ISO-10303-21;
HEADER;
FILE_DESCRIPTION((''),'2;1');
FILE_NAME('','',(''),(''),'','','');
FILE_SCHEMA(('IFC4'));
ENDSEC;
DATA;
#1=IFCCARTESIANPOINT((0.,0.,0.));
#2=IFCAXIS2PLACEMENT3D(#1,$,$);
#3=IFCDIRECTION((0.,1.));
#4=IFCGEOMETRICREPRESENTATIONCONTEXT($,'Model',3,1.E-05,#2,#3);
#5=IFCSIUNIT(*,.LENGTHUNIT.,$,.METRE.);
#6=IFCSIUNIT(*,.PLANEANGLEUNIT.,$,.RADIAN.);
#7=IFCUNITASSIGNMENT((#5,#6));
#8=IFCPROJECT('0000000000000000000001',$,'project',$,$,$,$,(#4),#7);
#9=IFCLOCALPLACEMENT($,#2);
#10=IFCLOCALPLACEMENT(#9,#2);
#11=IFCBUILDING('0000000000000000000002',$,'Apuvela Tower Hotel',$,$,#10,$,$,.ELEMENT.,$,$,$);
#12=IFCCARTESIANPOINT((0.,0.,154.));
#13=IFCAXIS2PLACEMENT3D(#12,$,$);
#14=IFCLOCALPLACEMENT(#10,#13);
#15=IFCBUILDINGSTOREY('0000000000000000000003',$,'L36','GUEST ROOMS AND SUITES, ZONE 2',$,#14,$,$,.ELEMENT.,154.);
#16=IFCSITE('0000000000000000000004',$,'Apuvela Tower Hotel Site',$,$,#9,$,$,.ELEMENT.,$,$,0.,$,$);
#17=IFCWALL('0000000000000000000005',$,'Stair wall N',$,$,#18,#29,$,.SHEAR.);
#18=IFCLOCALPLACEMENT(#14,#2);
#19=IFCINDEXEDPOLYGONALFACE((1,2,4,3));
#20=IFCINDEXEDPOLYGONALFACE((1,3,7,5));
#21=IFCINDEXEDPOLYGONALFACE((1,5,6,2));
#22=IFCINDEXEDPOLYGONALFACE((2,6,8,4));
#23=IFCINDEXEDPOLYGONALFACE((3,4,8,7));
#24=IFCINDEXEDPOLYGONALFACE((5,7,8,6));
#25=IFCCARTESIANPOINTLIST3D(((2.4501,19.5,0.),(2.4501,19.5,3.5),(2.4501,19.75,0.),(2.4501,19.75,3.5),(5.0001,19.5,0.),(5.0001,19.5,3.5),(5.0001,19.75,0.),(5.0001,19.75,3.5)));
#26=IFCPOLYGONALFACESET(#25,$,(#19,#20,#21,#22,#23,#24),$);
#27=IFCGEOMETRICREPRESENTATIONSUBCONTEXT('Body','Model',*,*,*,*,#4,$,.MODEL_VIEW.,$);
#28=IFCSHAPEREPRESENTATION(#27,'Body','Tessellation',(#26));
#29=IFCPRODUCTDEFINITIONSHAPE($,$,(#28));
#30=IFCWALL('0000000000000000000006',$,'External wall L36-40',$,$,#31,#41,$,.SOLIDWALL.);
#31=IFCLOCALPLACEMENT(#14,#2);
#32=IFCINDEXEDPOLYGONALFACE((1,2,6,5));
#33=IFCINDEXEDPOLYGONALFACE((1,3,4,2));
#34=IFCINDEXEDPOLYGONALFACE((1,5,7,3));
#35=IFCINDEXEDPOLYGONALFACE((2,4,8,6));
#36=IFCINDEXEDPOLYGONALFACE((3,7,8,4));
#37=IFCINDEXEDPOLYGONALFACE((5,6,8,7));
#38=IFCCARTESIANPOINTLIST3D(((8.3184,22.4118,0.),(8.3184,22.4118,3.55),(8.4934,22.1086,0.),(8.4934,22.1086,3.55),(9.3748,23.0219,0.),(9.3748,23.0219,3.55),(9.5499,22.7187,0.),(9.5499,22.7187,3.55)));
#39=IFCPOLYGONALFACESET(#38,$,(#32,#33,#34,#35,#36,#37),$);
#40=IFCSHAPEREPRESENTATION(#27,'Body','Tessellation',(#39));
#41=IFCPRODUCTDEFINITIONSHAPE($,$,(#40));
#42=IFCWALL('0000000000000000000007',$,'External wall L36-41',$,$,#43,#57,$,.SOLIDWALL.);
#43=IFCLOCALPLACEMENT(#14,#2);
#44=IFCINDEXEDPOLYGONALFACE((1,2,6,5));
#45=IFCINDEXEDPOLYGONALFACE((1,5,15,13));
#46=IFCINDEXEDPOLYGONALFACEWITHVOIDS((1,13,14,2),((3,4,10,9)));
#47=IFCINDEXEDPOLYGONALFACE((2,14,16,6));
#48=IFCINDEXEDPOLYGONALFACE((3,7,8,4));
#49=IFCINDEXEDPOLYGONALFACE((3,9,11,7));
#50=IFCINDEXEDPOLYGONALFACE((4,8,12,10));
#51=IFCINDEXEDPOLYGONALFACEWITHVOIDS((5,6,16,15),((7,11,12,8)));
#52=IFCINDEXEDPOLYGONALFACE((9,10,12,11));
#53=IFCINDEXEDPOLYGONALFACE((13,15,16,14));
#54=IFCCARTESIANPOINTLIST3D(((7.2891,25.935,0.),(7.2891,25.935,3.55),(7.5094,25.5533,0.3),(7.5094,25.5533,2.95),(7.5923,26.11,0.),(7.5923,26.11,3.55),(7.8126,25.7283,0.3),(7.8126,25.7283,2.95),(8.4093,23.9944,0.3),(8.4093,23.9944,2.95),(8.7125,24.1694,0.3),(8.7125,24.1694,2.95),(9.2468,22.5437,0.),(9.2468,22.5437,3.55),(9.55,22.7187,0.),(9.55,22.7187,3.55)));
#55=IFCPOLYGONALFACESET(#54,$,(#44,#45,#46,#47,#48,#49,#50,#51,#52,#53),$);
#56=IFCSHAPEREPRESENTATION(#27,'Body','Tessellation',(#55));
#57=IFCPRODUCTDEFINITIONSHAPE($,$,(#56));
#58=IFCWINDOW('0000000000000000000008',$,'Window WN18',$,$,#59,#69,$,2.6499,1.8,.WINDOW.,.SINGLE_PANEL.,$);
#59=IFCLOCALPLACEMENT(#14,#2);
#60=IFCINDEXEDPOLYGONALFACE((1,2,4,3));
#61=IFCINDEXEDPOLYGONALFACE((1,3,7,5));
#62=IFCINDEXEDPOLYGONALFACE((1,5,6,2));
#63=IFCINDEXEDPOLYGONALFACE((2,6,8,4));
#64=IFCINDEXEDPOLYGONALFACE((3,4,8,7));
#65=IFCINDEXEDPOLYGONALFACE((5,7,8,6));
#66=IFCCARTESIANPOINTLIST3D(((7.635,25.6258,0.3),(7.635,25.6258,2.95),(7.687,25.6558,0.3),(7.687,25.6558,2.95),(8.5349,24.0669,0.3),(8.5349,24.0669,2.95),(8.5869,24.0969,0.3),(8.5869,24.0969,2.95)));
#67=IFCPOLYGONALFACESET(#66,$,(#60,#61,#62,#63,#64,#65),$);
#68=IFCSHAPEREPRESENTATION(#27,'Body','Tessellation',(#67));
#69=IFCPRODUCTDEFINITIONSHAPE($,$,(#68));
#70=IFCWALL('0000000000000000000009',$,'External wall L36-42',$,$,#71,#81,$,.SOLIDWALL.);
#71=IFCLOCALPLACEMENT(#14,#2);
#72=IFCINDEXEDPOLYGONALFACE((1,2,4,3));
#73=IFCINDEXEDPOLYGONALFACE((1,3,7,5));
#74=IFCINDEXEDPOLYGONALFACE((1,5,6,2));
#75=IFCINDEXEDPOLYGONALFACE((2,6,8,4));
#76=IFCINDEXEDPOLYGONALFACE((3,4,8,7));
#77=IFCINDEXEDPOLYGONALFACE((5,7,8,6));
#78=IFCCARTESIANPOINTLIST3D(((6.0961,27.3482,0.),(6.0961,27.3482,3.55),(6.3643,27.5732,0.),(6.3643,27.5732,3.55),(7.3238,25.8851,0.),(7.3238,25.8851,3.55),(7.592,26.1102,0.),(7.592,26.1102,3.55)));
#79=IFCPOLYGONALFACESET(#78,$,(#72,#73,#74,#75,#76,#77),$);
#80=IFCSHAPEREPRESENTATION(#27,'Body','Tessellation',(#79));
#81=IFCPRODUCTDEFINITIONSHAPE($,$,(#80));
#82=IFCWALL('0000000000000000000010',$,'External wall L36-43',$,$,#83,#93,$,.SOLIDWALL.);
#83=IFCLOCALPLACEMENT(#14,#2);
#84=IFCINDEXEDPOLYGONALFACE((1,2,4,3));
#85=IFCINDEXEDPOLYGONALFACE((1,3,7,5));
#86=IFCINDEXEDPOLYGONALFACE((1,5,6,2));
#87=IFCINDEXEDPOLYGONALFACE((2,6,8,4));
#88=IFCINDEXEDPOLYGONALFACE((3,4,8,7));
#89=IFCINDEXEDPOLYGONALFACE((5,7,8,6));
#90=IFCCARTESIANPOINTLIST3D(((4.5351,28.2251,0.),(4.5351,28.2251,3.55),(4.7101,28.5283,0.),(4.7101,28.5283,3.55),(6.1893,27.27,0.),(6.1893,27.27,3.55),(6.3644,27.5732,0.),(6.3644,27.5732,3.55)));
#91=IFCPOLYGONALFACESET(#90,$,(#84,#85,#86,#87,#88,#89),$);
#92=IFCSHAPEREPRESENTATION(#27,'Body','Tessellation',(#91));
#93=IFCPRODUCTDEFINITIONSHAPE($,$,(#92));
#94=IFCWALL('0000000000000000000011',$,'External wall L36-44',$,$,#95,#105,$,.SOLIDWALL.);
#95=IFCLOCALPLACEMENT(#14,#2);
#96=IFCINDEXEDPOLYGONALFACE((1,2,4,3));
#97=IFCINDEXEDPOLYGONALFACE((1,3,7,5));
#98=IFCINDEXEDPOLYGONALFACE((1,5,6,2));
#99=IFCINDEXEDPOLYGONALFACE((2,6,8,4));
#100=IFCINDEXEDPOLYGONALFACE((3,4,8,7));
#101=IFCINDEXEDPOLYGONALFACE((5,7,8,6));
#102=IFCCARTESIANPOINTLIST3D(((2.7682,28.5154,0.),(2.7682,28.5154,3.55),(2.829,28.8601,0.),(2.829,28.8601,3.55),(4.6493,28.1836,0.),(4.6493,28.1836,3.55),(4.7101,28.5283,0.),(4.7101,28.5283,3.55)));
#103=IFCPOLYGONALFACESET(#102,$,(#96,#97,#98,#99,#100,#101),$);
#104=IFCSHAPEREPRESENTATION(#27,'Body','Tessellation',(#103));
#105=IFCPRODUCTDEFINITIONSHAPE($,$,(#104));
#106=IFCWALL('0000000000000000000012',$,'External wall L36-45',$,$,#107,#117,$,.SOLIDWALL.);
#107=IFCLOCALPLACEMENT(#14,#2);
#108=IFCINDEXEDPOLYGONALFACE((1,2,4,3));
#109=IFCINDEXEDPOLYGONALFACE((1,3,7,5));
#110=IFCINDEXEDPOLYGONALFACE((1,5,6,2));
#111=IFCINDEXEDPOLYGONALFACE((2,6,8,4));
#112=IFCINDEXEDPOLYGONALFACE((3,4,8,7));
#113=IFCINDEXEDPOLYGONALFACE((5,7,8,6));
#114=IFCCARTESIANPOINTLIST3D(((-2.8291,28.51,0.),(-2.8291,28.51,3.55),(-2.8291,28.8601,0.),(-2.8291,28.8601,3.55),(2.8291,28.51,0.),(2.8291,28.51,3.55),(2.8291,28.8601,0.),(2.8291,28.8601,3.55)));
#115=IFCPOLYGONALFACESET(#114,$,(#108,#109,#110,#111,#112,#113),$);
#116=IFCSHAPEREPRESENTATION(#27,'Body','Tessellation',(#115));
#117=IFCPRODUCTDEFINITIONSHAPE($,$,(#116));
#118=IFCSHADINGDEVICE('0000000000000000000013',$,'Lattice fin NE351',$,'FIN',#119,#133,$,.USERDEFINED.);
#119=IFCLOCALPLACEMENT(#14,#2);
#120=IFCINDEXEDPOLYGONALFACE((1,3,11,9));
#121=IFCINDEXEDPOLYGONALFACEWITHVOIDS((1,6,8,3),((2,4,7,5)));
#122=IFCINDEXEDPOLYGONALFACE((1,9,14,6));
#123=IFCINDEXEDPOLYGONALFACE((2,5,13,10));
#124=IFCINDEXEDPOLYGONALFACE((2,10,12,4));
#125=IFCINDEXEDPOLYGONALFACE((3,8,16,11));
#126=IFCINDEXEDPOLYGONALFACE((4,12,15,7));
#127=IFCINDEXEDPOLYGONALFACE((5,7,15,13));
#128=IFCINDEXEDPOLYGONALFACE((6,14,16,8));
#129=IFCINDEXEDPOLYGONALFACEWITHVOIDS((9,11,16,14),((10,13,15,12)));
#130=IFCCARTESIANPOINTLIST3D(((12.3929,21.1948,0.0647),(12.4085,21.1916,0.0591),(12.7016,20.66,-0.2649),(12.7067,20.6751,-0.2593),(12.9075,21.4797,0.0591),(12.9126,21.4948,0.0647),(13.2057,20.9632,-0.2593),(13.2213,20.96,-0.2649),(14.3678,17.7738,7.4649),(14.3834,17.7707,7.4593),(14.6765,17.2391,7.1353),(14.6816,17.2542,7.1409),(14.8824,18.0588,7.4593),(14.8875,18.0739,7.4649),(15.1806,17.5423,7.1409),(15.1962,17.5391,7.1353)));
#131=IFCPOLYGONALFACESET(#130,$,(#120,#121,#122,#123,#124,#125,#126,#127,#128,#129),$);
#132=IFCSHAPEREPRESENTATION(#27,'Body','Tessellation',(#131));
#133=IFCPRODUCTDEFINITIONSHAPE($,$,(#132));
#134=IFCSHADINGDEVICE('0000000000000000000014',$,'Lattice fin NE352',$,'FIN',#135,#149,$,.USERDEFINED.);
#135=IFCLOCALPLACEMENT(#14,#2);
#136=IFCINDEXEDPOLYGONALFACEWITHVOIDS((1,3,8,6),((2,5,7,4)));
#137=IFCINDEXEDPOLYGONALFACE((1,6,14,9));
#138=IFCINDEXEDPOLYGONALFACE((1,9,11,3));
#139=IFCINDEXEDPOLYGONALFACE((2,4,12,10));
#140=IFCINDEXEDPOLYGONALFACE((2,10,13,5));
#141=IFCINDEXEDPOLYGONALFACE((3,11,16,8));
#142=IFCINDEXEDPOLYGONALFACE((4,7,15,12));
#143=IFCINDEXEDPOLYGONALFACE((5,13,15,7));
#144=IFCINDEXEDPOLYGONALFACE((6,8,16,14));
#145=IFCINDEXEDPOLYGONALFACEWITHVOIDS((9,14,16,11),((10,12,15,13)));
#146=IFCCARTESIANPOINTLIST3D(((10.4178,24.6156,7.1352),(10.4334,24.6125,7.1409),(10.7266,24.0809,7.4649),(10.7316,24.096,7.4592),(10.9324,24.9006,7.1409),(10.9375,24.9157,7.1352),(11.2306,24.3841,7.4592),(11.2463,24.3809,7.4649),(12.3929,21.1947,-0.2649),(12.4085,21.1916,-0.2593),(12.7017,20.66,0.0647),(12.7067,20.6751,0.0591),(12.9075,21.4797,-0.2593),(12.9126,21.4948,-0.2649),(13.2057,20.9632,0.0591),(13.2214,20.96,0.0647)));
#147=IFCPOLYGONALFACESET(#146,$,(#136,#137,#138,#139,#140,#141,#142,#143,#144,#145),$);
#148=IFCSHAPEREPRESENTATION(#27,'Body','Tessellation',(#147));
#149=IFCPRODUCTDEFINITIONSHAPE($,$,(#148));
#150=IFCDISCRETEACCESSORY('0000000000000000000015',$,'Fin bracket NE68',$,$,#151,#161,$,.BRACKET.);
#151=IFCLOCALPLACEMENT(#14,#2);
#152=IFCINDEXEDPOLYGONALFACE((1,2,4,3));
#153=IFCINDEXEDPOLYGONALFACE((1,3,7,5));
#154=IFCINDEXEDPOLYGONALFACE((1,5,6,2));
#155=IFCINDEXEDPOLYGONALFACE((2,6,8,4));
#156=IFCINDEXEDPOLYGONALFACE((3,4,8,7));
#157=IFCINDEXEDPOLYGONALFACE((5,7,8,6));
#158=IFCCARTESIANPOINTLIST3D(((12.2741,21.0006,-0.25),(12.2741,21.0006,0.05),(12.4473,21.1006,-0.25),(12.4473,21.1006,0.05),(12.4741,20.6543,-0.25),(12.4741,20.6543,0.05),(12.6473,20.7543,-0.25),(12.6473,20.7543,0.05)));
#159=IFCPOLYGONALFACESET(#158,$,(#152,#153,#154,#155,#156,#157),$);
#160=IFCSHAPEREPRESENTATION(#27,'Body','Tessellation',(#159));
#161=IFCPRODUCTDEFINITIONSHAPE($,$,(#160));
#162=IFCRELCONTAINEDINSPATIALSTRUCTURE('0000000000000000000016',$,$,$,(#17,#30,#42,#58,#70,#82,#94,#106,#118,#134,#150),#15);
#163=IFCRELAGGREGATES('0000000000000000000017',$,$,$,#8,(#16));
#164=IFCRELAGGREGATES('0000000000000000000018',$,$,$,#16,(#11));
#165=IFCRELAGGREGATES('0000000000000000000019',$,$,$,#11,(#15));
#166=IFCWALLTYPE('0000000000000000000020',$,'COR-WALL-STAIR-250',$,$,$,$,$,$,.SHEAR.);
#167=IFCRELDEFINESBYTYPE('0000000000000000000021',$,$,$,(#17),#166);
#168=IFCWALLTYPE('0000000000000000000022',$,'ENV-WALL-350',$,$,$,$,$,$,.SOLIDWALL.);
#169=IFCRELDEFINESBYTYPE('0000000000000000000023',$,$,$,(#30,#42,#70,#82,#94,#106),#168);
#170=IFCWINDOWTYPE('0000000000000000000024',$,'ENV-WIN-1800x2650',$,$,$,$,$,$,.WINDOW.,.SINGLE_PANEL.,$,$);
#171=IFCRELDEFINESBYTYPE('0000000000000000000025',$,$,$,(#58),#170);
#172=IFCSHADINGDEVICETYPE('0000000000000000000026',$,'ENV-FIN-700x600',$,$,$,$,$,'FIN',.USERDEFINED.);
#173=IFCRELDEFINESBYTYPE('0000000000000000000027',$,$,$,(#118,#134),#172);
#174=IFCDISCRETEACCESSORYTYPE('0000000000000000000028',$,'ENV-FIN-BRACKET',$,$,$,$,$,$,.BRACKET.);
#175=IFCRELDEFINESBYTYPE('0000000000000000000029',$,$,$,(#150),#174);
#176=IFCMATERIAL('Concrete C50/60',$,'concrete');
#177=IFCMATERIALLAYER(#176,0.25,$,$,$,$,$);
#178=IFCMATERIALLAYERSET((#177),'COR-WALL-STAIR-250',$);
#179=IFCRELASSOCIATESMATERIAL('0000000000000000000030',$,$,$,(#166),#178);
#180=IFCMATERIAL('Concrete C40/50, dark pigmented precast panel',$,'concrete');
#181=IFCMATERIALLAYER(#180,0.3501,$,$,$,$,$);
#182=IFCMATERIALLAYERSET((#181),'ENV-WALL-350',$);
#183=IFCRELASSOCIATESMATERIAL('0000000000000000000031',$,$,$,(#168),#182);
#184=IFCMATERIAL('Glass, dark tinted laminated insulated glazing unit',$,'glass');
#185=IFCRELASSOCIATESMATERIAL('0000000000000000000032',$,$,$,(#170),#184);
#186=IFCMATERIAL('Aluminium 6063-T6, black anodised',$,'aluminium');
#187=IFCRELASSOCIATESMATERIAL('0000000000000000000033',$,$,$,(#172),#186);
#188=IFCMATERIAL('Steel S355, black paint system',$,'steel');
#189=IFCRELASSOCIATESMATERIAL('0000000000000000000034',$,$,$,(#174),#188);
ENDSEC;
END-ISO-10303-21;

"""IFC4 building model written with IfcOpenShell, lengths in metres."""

from ifc_helpers import new_model, si_unit, direction, frame, frame_2d, origin, origin_2d, place, context, subcontext, project, spatial, rectangle, hollow_rectangle, extrude, material, layer, layer_set, material_profile, profile_set, type_object, element, fill, save


model = new_model("IFC4")

# Units and contexts
model_context = context("Model", 3, precision=1e-05, world=origin(), true_north=direction((0.0, 1.0)))
body_context = subcontext(model_context, "Body", "Model", "MODEL_VIEW")
ifc_project = project(units=[si_unit("LENGTHUNIT", "METRE"), si_unit("PLANEANGLEUNIT", "RADIAN")], contexts=[model_context])

# Site, building, storey
site_placement = place(None, origin())
site = spatial("IfcSite", under=ifc_project, at=site_placement, Name="Apuvela Tower Hotel Site", CompositionType="ELEMENT", RefElevation=0.0)
building_placement = place(site_placement, origin())
building = spatial("IfcBuilding", under=site, at=building_placement, Name="Apuvela Tower Hotel", CompositionType="ELEMENT")
storey_placement = place(building_placement, frame((0.0, 0.0, 154.0)))
storey = spatial("IfcBuildingStorey", under=building, at=storey_placement, Name="L36", Description="GUEST ROOMS AND SUITES, ZONE 2", CompositionType="ELEMENT", Elevation=154.0)

# Walls
ifc_material_1 = material(Name="Concrete C50/60", Category="concrete")
ifc_layer_1 = layer(ifc_material_1, 0.25)
ifc_layer_set_1 = layer_set([ifc_layer_1], Name="COR-WALL-STAIR-250")
wall_type_1 = type_object("IfcWallType", Name="COR-WALL-STAIR-250", PredefinedType="SHEAR", material=ifc_layer_set_1)
wall_1_placement = place(storey_placement, frame((5.0, 19.625, 0.0), z_axis=(0.0, 0.0, 1.0), x_axis=(-1.0, 0.0, 0.0)))
element("IfcWall", 1, at=wall_1_placement, inside=storey, type_object=wall_type_1, Name="Stair wall N", PredefinedType="SHEAR", context=body_context, shape_type="SweptSolid", body=[
    extrude(rectangle(XDim=2.55, YDim=0.25, at=frame_2d((1.2749, 0.0))), origin(), (0.0, 0.0, 1.0), 3.5),
])
ifc_material_2 = material(Name="Concrete C40/50, dark pigmented precast panel", Category="concrete")
ifc_layer_2 = layer(ifc_material_2, 0.3501)
ifc_layer_set_2 = layer_set([ifc_layer_2], Name="ENV-WALL-350")
wall_type_2 = type_object("IfcWallType", Name="ENV-WALL-350", PredefinedType="SOLIDWALL", material=ifc_layer_set_2)
wall_2_placement = place(storey_placement, frame((8.406, 22.2603, 0.0), z_axis=(0.0, 0.0, 1.0), x_axis=(0.865956, 0.500121, 0.0)))
element("IfcWall", 2, at=wall_2_placement, inside=storey, type_object=wall_type_2, Name="External wall L36-40", PredefinedType="SOLIDWALL", context=body_context, shape_type="SweptSolid", body=[
    extrude(rectangle(XDim=1.22, YDim=0.3501, at=frame_2d((0.6099, 0.0))), origin(), (0.0, 0.0, 1.0), 3.55),
])

# Wall, opening, window
wall_3_placement = place(storey_placement, frame((9.3984, 22.6311, 0.0), z_axis=(0.0, 0.0, 1.0), x_axis=(-0.499955, 0.866052, 0.0)))
wall_3 = element("IfcWall", 3, at=wall_3_placement, inside=storey, type_object=wall_type_2, Name="External wall L36-41", PredefinedType="SOLIDWALL", context=body_context, shape_type="SweptSolid", body=[
    extrude(rectangle(XDim=3.9158, YDim=0.3501, at=frame_2d((1.958, 0.0))), origin(), (0.0, 0.0, 1.0), 3.55),
])
opening_placement = place(wall_3_placement, frame((1.6753, 0.0, 0.3)))
opening = element("IfcOpeningElement", 4, at=opening_placement, cuts=wall_3, PredefinedType="OPENING", context=body_context, shape_type="SweptSolid", body=[
    extrude(rectangle(XDim=1.8, YDim=2.6499, at=frame_2d((0.8999, 1.325))), frame((0.0, 0.1851, 0.0), z_axis=(0.0, -1.0, 0.0), x_axis=(1.0, 0.0, 0.0)), (0.0, 0.0, 1.0), 0.3701),
])
ifc_material_3 = material(Name="Glass, dark tinted laminated insulated glazing unit", Category="glass")
window_type = type_object("IfcWindowType", Name="ENV-WIN-1800x2650", PartitioningType="SINGLE_PANEL", PredefinedType="WINDOW", material=ifc_material_3)
window_placement = place(opening_placement, origin())
window = element("IfcWindow", 5, at=window_placement, inside=storey, type_object=window_type, Name="Window WN18", OverallHeight=2.6499, OverallWidth=1.8, PartitioningType="SINGLE_PANEL", PredefinedType="WINDOW", context=body_context, shape_type="SweptSolid", body=[
    extrude(rectangle(XDim=1.8, YDim=2.6499, at=frame_2d((0.8999, 1.325))), frame((0.0, 0.03, 0.0), z_axis=(0.0, -1.0, 0.0), x_axis=(1.0, 0.0, 0.0)), (0.0, 0.0, 1.0), 0.0601),
])
fill(opening, window)

# Walls
wall_4_placement = place(storey_placement, frame((7.458, 25.9976, 0.0), z_axis=(0.0, 0.0, 1.0), x_axis=(-0.642808, 0.766027, 0.0)))
element("IfcWall", 6, at=wall_4_placement, inside=storey, type_object=wall_type_2, Name="External wall L36-42", PredefinedType="SOLIDWALL", context=body_context, shape_type="SweptSolid", body=[
    extrude(rectangle(XDim=1.9099, YDim=0.3501, at=frame_2d((0.9551, 0.0))), origin(), (0.0, 0.0, 1.0), 3.55),
])
for number, where, z_axis, x_axis, name in (
    (7, (6.2769, 27.4216, 0.0), (0.0, 0.0, 1.0), (-0.866032, 0.499988, 0.0), "External wall L36-43"),
    (8, (4.6797, 28.356, 0.0), (0.0, 0.0, 1.0), (-0.984799, 0.173698, 0.0), "External wall L36-44"),
):
    element("IfcWall", number, at=place(storey_placement, frame(where, z_axis=z_axis, x_axis=x_axis)), inside=storey, type_object=wall_type_2, Name=name, PredefinedType="SOLIDWALL", context=body_context, shape_type="SweptSolid", body=[
        extrude(rectangle(XDim=1.9102, YDim=0.3501, at=frame_2d((0.9551, 0.0))), origin(), (0.0, 0.0, 1.0), 3.55),
    ])
wall_5_placement = place(storey_placement, frame((2.8291, 28.6851, 0.0), z_axis=(0.0, 0.0, 1.0), x_axis=(-1.0, 0.0, 0.0)))
element("IfcWall", 9, at=wall_5_placement, inside=storey, type_object=wall_type_2, Name="External wall L36-45", PredefinedType="SOLIDWALL", context=body_context, shape_type="SweptSolid", body=[
    extrude(rectangle(XDim=5.6582, YDim=0.3501, at=frame_2d((2.8291, 0.0))), origin(), (0.0, 0.0, 1.0), 3.55),
])

# Shading devices
ifc_material_4 = material(Name="Aluminium 6063-T6, black anodised", Category="aluminium")
ifc_material_profile_1 = material_profile(ifc_material_4, hollow_rectangle(XDim=0.6001, YDim=0.7, WallThickness=0.012, at=origin_2d()), Name="AL BOX 700x600x12")
ifc_profile_set_1 = profile_set([ifc_material_profile_1], Name="Aluminium 6063-T6, black anodised")
shading_device_type = type_object("IfcShadingDeviceType", Name="ENV-FIN-700x600", ElementType="FIN", PredefinedType="USERDEFINED", material=ifc_profile_set_1)
for number, where, z_axis, x_axis, name in (
    (10, (12.8071, 21.0774, -0.1001), (0.235428, -0.407814, 0.882191), (0.866048, 0.499961, 0.0), "Lattice fin NE351"),
    (11, (12.8071, 21.0774, -0.1001), (-0.235455, 0.407812, 0.882185), (-0.866021, -0.500008, 0.0), "Lattice fin NE352"),
):
    element("IfcShadingDevice", number, at=place(storey_placement, frame(where, z_axis=z_axis, x_axis=x_axis)), inside=storey, type_object=shading_device_type, Name=name, ObjectType="FIN", PredefinedType="USERDEFINED", context=body_context, shape_type="SweptSolid", body=[
        extrude(hollow_rectangle(XDim=0.6001, YDim=0.7, WallThickness=0.012, at=origin_2d()), origin(), (0.0, 0.0, 1.0), 8.3884),
    ])

# Discrete accessory
ifc_material_5 = material(Name="Steel S355, black paint system", Category="steel")
discrete_accessory_type = type_object("IfcDiscreteAccessoryType", Name="ENV-FIN-BRACKET", PredefinedType="BRACKET", material=ifc_material_5)
discrete_accessory_placement = place(storey_placement, frame((12.4607, 20.8774, -0.25), z_axis=(0.0, 0.0, 1.0), x_axis=(-0.5, 0.866025, 0.0)))
element("IfcDiscreteAccessory", 12, at=discrete_accessory_placement, inside=storey, type_object=discrete_accessory_type, Name="Fin bracket NE68", PredefinedType="BRACKET", context=body_context, shape_type="SweptSolid", body=[
    extrude(rectangle(XDim=0.3999, YDim=0.2, at=origin_2d()), origin(), (0.0, 0.0, 1.0), 0.3),
])

save(model, "model.ifc")
